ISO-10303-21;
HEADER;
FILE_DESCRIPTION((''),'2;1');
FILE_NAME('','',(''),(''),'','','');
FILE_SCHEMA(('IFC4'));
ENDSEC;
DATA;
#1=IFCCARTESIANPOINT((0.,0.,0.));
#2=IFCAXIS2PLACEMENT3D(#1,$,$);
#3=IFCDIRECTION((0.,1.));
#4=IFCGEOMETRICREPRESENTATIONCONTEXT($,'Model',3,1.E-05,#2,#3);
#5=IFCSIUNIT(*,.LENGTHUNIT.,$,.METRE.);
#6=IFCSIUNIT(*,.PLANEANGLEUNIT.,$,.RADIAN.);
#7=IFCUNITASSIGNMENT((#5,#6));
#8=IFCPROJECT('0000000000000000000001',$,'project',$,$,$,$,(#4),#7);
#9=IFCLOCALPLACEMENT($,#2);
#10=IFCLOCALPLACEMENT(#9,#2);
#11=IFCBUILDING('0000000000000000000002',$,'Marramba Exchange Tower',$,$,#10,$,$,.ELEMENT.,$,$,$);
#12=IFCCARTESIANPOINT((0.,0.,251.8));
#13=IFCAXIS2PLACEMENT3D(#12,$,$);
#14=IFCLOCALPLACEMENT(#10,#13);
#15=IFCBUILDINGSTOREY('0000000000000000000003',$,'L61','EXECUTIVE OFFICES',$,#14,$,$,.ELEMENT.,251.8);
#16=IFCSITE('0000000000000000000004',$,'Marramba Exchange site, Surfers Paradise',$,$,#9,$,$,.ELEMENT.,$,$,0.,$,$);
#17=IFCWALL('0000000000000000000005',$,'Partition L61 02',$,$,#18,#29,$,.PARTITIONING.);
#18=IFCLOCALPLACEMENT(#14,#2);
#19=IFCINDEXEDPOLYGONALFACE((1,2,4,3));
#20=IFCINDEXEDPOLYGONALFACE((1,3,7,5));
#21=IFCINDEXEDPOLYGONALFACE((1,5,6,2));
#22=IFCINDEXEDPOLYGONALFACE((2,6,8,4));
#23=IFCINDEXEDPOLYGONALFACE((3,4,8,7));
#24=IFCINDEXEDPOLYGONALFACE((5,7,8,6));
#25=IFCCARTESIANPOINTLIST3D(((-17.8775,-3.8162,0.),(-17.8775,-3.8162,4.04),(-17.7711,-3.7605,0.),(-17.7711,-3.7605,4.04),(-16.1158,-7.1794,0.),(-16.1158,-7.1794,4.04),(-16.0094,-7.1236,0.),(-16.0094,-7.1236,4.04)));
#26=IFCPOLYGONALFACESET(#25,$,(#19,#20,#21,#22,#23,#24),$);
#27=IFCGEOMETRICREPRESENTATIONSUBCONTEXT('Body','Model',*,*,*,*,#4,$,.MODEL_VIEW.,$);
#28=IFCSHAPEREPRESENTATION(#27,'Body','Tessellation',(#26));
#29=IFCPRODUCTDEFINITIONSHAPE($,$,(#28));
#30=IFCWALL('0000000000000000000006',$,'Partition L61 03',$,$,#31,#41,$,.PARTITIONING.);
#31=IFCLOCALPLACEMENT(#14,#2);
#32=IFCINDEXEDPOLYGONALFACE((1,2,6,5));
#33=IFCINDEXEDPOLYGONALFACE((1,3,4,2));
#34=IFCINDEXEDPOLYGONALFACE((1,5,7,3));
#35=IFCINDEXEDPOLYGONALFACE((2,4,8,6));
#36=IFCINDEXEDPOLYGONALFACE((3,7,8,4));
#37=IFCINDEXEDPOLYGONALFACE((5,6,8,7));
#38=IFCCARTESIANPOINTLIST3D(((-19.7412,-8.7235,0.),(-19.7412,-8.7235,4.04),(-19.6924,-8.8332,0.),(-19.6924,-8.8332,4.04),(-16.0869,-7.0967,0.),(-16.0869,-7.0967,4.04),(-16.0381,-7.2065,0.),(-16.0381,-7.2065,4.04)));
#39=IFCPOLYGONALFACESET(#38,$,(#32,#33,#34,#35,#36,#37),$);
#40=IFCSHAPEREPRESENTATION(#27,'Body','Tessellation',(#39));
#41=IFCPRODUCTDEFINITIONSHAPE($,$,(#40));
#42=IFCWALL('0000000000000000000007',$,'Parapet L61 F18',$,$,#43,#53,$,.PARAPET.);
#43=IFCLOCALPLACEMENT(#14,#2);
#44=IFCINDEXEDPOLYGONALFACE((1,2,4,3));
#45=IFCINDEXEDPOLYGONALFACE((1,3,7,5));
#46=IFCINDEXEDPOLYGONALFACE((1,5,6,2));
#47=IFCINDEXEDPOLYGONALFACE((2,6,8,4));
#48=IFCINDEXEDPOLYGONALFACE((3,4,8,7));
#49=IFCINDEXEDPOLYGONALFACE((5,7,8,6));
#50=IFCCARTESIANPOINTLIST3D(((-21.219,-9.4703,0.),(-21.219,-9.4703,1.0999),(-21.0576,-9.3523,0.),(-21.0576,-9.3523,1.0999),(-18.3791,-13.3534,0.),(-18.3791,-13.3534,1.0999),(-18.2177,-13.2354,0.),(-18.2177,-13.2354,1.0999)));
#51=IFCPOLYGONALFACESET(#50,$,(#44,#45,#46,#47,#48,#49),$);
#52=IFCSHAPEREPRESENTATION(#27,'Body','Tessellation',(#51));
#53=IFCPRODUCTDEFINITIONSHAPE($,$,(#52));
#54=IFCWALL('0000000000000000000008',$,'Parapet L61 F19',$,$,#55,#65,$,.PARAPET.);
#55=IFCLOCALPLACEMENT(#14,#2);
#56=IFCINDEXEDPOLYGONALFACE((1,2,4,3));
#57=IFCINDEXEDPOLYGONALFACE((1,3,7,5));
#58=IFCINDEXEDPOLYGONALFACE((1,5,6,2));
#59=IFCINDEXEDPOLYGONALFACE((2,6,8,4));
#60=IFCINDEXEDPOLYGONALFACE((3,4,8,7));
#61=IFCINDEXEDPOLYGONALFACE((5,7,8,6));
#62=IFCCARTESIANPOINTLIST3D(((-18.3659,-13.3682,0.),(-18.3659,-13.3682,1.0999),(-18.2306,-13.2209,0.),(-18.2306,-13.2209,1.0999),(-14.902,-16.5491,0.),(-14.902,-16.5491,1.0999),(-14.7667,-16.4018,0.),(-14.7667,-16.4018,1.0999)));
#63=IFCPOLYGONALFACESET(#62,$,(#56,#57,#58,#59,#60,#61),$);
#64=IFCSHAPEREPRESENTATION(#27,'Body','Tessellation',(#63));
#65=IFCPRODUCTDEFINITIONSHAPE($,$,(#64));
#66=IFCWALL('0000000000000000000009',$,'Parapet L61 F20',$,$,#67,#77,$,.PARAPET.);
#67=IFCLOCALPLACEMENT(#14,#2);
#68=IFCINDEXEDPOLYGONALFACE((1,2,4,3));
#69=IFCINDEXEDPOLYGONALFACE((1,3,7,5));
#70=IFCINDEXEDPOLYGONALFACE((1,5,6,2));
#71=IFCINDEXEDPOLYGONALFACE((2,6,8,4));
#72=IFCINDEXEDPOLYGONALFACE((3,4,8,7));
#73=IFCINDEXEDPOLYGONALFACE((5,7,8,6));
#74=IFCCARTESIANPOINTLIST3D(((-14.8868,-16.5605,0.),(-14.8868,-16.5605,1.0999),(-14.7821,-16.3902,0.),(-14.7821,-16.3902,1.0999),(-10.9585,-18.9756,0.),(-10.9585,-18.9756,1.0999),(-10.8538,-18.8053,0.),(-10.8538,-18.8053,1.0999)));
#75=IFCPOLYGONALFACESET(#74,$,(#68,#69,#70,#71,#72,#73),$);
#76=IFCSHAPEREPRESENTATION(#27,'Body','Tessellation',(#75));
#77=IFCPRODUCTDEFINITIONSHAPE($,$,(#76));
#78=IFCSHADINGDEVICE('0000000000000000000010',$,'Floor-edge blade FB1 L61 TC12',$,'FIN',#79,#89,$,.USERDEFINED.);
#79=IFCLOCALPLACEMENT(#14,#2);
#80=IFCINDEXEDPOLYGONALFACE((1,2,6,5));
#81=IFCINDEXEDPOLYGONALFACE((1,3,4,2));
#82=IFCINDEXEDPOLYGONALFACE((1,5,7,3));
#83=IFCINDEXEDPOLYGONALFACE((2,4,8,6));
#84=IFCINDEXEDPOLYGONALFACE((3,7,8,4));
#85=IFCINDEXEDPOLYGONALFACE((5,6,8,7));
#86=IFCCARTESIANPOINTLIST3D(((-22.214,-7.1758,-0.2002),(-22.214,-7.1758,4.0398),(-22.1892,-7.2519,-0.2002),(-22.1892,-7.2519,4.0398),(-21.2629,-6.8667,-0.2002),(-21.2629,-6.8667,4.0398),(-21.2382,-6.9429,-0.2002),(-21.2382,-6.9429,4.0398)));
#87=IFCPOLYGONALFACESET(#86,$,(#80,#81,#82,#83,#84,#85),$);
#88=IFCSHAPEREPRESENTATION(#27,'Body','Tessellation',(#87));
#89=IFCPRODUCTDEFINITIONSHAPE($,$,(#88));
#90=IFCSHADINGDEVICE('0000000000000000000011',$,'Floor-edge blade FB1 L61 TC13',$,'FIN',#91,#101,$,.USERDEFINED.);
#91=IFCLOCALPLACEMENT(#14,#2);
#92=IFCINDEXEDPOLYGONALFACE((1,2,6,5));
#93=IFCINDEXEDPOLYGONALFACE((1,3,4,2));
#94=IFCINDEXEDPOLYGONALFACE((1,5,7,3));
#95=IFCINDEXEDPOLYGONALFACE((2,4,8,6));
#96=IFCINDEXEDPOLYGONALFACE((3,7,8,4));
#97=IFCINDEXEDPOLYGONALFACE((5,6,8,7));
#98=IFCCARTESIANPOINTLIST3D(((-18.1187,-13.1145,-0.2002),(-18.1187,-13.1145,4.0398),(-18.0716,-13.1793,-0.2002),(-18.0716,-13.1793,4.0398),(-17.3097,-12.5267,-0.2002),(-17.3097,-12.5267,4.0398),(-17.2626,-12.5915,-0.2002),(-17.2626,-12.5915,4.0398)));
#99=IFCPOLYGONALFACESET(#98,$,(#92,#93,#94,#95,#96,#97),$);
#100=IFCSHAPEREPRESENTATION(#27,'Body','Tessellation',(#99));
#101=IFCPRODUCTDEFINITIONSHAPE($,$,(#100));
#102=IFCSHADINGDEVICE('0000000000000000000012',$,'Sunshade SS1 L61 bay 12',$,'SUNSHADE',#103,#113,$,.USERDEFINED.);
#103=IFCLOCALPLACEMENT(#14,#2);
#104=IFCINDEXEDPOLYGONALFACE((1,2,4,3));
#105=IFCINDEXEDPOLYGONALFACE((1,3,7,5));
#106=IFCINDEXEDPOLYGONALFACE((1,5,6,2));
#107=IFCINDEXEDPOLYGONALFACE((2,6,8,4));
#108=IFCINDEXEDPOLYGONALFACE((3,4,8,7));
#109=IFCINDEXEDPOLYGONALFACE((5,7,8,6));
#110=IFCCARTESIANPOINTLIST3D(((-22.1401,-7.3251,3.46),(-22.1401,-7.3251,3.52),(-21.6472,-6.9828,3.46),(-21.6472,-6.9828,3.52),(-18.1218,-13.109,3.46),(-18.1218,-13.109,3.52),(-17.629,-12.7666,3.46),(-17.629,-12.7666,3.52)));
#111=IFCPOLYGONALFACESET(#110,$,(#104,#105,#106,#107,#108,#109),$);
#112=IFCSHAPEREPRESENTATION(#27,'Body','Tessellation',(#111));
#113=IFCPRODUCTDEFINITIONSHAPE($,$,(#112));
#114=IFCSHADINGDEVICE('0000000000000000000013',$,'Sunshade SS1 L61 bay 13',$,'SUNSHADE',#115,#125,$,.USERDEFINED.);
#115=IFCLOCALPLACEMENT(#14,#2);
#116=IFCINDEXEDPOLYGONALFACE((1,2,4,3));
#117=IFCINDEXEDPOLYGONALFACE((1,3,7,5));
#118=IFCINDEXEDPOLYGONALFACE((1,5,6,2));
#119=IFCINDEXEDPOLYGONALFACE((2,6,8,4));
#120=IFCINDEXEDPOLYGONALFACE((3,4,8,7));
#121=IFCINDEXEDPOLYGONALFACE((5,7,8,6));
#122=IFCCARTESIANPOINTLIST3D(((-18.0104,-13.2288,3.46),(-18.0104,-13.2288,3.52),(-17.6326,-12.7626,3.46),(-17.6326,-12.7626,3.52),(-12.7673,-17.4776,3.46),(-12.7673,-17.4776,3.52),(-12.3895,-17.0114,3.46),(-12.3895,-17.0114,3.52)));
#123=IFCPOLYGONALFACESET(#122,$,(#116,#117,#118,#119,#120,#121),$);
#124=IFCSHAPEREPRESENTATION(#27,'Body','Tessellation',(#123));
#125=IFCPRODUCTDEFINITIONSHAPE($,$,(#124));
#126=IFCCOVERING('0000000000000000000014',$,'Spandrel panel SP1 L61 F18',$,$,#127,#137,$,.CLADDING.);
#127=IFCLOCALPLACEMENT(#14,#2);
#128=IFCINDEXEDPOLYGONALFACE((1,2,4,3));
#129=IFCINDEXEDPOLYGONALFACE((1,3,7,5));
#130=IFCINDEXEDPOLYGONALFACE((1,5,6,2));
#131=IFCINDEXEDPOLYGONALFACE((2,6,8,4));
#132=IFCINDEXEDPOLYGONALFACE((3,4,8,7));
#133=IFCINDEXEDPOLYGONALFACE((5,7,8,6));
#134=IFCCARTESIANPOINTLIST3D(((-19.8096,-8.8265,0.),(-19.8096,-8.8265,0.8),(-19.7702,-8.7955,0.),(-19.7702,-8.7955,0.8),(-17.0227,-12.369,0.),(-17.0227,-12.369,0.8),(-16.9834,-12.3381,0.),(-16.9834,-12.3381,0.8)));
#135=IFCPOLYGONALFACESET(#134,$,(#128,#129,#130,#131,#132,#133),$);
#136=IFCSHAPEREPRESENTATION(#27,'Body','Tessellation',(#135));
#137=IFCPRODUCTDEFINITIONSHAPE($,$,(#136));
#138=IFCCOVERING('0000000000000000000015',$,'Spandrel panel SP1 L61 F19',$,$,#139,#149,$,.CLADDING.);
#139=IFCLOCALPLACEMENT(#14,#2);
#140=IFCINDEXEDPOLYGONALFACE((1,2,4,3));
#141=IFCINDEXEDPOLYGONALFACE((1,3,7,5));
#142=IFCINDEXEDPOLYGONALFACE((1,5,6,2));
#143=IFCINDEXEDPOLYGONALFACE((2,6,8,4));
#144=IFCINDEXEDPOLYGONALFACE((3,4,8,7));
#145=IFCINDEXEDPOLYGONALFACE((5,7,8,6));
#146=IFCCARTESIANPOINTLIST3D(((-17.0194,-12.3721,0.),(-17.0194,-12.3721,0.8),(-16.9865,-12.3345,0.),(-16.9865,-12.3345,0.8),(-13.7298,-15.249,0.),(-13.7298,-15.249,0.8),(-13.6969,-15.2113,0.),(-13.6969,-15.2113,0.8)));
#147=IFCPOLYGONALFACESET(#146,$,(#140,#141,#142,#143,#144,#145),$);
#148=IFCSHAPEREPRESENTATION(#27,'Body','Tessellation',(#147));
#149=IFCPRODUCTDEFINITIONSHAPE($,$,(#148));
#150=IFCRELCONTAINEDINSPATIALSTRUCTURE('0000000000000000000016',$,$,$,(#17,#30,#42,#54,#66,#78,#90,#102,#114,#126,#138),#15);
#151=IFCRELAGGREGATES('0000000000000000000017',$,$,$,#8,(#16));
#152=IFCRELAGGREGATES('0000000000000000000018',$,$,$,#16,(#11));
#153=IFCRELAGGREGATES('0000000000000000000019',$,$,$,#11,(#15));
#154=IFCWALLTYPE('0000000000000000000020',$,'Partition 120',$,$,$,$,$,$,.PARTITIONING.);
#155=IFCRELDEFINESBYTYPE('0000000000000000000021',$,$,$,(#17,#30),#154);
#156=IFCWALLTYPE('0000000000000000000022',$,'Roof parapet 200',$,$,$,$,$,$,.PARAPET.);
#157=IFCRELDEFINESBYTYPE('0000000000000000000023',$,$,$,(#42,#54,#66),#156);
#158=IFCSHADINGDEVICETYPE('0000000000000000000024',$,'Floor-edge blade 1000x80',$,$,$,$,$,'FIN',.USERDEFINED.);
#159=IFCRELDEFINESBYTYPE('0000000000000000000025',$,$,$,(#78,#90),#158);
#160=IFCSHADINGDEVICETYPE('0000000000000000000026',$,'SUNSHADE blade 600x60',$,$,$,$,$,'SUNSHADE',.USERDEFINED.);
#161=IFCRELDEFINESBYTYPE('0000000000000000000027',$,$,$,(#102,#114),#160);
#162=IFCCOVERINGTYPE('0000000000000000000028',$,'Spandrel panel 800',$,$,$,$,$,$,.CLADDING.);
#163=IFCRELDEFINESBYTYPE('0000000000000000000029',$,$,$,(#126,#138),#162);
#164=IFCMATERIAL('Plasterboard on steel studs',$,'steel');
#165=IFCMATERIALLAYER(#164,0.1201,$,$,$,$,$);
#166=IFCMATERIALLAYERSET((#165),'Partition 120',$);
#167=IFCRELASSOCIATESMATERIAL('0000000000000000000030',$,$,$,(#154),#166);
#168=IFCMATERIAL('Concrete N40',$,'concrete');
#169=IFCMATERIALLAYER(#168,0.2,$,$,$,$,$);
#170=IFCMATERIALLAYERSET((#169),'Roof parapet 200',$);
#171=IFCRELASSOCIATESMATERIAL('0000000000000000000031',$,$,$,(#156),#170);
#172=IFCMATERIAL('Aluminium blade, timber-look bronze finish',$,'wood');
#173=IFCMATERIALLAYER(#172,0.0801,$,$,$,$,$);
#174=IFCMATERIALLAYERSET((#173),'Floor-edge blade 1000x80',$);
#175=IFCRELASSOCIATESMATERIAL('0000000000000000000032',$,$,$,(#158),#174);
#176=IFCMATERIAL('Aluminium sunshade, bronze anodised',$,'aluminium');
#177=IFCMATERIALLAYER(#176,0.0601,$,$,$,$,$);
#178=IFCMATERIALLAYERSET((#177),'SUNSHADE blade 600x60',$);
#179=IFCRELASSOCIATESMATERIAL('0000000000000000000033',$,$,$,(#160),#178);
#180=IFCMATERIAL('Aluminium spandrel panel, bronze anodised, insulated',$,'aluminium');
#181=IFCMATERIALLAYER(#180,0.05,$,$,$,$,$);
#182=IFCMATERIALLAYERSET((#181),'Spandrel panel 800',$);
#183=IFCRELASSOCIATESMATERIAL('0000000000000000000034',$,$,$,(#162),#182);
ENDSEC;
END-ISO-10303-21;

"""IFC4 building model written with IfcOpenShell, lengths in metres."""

from ifc_helpers import new_model, si_unit, direction, frame, frame_2d, origin, origin_2d, place, context, subcontext, project, spatial, rectangle, extrude, material, layer, layer_set, type_object, element, save


model = new_model("IFC4")

# Units and contexts
model_context = context("Model", 3, precision=1e-05, world=origin(), true_north=direction((0.0, 1.0)))
body_context = subcontext(model_context, "Body", "Model", "MODEL_VIEW")
ifc_project = project(units=[si_unit("LENGTHUNIT", "METRE"), si_unit("PLANEANGLEUNIT", "RADIAN")], contexts=[model_context])

# Site, building, storey
site_placement = place(None, origin())
site = spatial("IfcSite", under=ifc_project, at=site_placement, Name="Marramba Exchange site, Surfers Paradise", CompositionType="ELEMENT", RefElevation=0.0)
building_placement = place(site_placement, origin())
building = spatial("IfcBuilding", under=site, at=building_placement, Name="Marramba Exchange Tower", CompositionType="ELEMENT")
storey_placement = place(building_placement, frame((0.0, 0.0, 251.8)))
storey = spatial("IfcBuildingStorey", under=building, at=storey_placement, Name="L61", Description="EXECUTIVE OFFICES", CompositionType="ELEMENT", Elevation=251.8)

# Walls
ifc_material_1 = material(Name="Plasterboard on steel studs", Category="steel")
ifc_layer_1 = layer(ifc_material_1, 0.1201)
ifc_layer_set_1 = layer_set([ifc_layer_1], Name="Partition 120")
wall_type_1 = type_object("IfcWallType", Name="Partition 120", PredefinedType="PARTITIONING", material=ifc_layer_set_1)
wall_1_placement = place(storey_placement, frame((-16.0625, -7.1516, 0.0), z_axis=(0.0, 0.0, 1.0), x_axis=(-0.464033, 0.885818, 0.0)))
element("IfcWall", 1, at=wall_1_placement, inside=storey, type_object=wall_type_1, Name="Partition L61 02", PredefinedType="PARTITIONING", context=body_context, shape_type="SweptSolid", body=[
    extrude(rectangle(XDim=3.7966, YDim=0.1201, at=frame_2d((1.8984, 0.0))), origin(), (0.0, 0.0, 1.0), 4.04),
])
wall_2_placement = place(storey_placement, frame((-19.7168, -8.7783, 0.0), z_axis=(0.0, 0.0, 1.0), x_axis=(0.913572, 0.406676, 0.0)))
element("IfcWall", 2, at=wall_2_placement, inside=storey, type_object=wall_type_1, Name="Partition L61 03", PredefinedType="PARTITIONING", context=body_context, shape_type="SweptSolid", body=[
    extrude(rectangle(XDim=4.0, YDim=0.1201, at=frame_2d((2.0, 0.0))), origin(), (0.0, 0.0, 1.0), 4.04),
])
ifc_material_2 = material(Name="Concrete N40", Category="concrete")
ifc_layer_2 = layer(ifc_material_2, 0.2)
ifc_layer_set_2 = layer_set([ifc_layer_2], Name="Roof parapet 200")
wall_type_2 = type_object("IfcWallType", Name="Roof parapet 200", PredefinedType="PARAPET", material=ifc_layer_set_2)
wall_3_placement = place(storey_placement, frame((-21.1382, -9.4114, 0.0), z_axis=(0.0, 0.0, 1.0), x_axis=(0.590318, -0.807171, 0.0)))
element("IfcWall", 3, at=wall_3_placement, inside=storey, type_object=wall_type_2, Name="Parapet L61 F18", PredefinedType="PARAPET", context=body_context, shape_type="SweptSolid", body=[
    extrude(rectangle(XDim=4.8108, YDim=0.2, at=frame_2d((2.4053, 0.0))), origin(), (0.0, 0.0, 1.0), 1.0999),
])
wall_4_placement = place(storey_placement, frame((-18.2983, -13.2944, 0.0), z_axis=(0.0, 0.0, 1.0), x_axis=(0.73655, -0.676383, 0.0)))
element("IfcWall", 4, at=wall_4_placement, inside=storey, type_object=wall_type_2, Name="Parapet L61 F19", PredefinedType="PARAPET", context=body_context, shape_type="SweptSolid", body=[
    extrude(rectangle(XDim=4.7029, YDim=0.2, at=frame_2d((2.3516, 0.0))), origin(), (0.0, 0.0, 1.0), 1.0999),
])
wall_5_placement = place(storey_placement, frame((-14.8345, -16.4753, 0.0), z_axis=(0.0, 0.0, 1.0), x_axis=(0.851884, -0.523731, 0.0)))
element("IfcWall", 5, at=wall_5_placement, inside=storey, type_object=wall_type_2, Name="Parapet L61 F20", PredefinedType="PARAPET", context=body_context, shape_type="SweptSolid", body=[
    extrude(rectangle(XDim=4.6113, YDim=0.2, at=frame_2d((2.3057, 0.0))), origin(), (0.0, 0.0, 1.0), 1.0999),
])

# Shading devices
ifc_material_3 = material(Name="Aluminium blade, timber-look bronze finish", Category="wood")
ifc_layer_3 = layer(ifc_material_3, 0.0801)
ifc_layer_set_3 = layer_set([ifc_layer_3], Name="Floor-edge blade 1000x80")
shading_device_type_1 = type_object("IfcShadingDeviceType", Name="Floor-edge blade 1000x80", ElementType="FIN", PredefinedType="USERDEFINED", material=ifc_layer_set_3)
for number, where, z_axis, x_axis, name in (
    (6, (-21.7261, -7.0593, -0.2002), (0.0, 0.0, 1.0), (-0.951057, -0.309017, 0.0), "Floor-edge blade FB1 L61 TC12"),
    (7, (-17.6907, -12.853, -0.2002), (0.0, 0.0, 1.0), (-0.809017, -0.587785, 0.0), "Floor-edge blade FB1 L61 TC13"),
):
    element("IfcShadingDevice", number, at=place(storey_placement, frame(where, z_axis=z_axis, x_axis=x_axis)), inside=storey, type_object=shading_device_type_1, Name=name, ObjectType="FIN", PredefinedType="USERDEFINED", context=body_context, shape_type="SweptSolid", body=[
        extrude(rectangle(XDim=1.0, YDim=0.0801, at=origin_2d()), origin(), (0.0, 0.0, 1.0), 4.24),
    ])
ifc_material_4 = material(Name="Aluminium sunshade, bronze anodised", Category="aluminium")
ifc_layer_4 = layer(ifc_material_4, 0.0601)
ifc_layer_set_4 = layer_set([ifc_layer_4], Name="SUNSHADE blade 600x60")
shading_device_type_2 = type_object("IfcShadingDeviceType", Name="SUNSHADE blade 600x60", ElementType="SUNSHADE", PredefinedType="USERDEFINED", material=ifc_layer_set_4)
shading_device_1_placement = place(storey_placement, frame((-19.8845, -10.0459, 3.46), z_axis=(0.0, 0.0, 1.0), x_axis=(0.570558, -0.821257, 0.0)))
element("IfcShadingDevice", 8, at=shading_device_1_placement, inside=storey, type_object=shading_device_type_2, Name="Sunshade SS1 L61 bay 12", ObjectType="SUNSHADE", PredefinedType="USERDEFINED", context=body_context, shape_type="SweptSolid", body=[
    extrude(rectangle(XDim=7.0427, YDim=0.6001, at=origin_2d()), origin(), (0.0, 0.0, 1.0), 0.0601),
])
shading_device_2_placement = place(storey_placement, frame((-15.2, -15.1201, 3.46), z_axis=(0.0, 0.0, 1.0), x_axis=(0.776928, -0.62959, 0.0)))
element("IfcShadingDevice", 9, at=shading_device_2_placement, inside=storey, type_object=shading_device_type_2, Name="Sunshade SS1 L61 bay 13", ObjectType="SUNSHADE", PredefinedType="USERDEFINED", context=body_context, shape_type="SweptSolid", body=[
    extrude(rectangle(XDim=6.7485, YDim=0.6001, at=origin_2d()), origin(), (0.0, 0.0, 1.0), 0.0601),
])

# Coverings
ifc_material_5 = material(Name="Aluminium spandrel panel, bronze anodised, insulated", Category="aluminium")
ifc_layer_5 = layer(ifc_material_5, 0.05)
ifc_layer_set_5 = layer_set([ifc_layer_5], Name="Spandrel panel 800")
covering_type = type_object("IfcCoveringType", Name="Spandrel panel 800", PredefinedType="CLADDING", material=ifc_layer_set_5)
covering_1_placement = place(storey_placement, frame((-18.3965, -10.5823, 0.0), z_axis=(0.0, 0.0, 1.0), x_axis=(0.618291, -0.78595, 0.0)))
element("IfcCovering", 10, at=covering_1_placement, inside=storey, type_object=covering_type, Name="Spandrel panel SP1 L61 F18", PredefinedType="CLADDING", context=body_context, shape_type="SweptSolid", body=[
    extrude(rectangle(XDim=4.5073, YDim=0.05, at=origin_2d()), origin(), (0.0, 0.0, 1.0), 0.8),
])
covering_2_placement = place(storey_placement, frame((-15.3582, -13.7917, 0.0), z_axis=(0.0, 0.0, 1.0), x_axis=(0.752751, -0.658305, 0.0)))
element("IfcCovering", 11, at=covering_2_placement, inside=storey, type_object=covering_type, Name="Spandrel panel SP1 L61 F19", PredefinedType="CLADDING", context=body_context, shape_type="SweptSolid", body=[
    extrude(rectangle(XDim=4.3701, YDim=0.05, at=origin_2d()), origin(), (0.0, 0.0, 1.0), 0.8),
])

save(model, "model.ifc")
